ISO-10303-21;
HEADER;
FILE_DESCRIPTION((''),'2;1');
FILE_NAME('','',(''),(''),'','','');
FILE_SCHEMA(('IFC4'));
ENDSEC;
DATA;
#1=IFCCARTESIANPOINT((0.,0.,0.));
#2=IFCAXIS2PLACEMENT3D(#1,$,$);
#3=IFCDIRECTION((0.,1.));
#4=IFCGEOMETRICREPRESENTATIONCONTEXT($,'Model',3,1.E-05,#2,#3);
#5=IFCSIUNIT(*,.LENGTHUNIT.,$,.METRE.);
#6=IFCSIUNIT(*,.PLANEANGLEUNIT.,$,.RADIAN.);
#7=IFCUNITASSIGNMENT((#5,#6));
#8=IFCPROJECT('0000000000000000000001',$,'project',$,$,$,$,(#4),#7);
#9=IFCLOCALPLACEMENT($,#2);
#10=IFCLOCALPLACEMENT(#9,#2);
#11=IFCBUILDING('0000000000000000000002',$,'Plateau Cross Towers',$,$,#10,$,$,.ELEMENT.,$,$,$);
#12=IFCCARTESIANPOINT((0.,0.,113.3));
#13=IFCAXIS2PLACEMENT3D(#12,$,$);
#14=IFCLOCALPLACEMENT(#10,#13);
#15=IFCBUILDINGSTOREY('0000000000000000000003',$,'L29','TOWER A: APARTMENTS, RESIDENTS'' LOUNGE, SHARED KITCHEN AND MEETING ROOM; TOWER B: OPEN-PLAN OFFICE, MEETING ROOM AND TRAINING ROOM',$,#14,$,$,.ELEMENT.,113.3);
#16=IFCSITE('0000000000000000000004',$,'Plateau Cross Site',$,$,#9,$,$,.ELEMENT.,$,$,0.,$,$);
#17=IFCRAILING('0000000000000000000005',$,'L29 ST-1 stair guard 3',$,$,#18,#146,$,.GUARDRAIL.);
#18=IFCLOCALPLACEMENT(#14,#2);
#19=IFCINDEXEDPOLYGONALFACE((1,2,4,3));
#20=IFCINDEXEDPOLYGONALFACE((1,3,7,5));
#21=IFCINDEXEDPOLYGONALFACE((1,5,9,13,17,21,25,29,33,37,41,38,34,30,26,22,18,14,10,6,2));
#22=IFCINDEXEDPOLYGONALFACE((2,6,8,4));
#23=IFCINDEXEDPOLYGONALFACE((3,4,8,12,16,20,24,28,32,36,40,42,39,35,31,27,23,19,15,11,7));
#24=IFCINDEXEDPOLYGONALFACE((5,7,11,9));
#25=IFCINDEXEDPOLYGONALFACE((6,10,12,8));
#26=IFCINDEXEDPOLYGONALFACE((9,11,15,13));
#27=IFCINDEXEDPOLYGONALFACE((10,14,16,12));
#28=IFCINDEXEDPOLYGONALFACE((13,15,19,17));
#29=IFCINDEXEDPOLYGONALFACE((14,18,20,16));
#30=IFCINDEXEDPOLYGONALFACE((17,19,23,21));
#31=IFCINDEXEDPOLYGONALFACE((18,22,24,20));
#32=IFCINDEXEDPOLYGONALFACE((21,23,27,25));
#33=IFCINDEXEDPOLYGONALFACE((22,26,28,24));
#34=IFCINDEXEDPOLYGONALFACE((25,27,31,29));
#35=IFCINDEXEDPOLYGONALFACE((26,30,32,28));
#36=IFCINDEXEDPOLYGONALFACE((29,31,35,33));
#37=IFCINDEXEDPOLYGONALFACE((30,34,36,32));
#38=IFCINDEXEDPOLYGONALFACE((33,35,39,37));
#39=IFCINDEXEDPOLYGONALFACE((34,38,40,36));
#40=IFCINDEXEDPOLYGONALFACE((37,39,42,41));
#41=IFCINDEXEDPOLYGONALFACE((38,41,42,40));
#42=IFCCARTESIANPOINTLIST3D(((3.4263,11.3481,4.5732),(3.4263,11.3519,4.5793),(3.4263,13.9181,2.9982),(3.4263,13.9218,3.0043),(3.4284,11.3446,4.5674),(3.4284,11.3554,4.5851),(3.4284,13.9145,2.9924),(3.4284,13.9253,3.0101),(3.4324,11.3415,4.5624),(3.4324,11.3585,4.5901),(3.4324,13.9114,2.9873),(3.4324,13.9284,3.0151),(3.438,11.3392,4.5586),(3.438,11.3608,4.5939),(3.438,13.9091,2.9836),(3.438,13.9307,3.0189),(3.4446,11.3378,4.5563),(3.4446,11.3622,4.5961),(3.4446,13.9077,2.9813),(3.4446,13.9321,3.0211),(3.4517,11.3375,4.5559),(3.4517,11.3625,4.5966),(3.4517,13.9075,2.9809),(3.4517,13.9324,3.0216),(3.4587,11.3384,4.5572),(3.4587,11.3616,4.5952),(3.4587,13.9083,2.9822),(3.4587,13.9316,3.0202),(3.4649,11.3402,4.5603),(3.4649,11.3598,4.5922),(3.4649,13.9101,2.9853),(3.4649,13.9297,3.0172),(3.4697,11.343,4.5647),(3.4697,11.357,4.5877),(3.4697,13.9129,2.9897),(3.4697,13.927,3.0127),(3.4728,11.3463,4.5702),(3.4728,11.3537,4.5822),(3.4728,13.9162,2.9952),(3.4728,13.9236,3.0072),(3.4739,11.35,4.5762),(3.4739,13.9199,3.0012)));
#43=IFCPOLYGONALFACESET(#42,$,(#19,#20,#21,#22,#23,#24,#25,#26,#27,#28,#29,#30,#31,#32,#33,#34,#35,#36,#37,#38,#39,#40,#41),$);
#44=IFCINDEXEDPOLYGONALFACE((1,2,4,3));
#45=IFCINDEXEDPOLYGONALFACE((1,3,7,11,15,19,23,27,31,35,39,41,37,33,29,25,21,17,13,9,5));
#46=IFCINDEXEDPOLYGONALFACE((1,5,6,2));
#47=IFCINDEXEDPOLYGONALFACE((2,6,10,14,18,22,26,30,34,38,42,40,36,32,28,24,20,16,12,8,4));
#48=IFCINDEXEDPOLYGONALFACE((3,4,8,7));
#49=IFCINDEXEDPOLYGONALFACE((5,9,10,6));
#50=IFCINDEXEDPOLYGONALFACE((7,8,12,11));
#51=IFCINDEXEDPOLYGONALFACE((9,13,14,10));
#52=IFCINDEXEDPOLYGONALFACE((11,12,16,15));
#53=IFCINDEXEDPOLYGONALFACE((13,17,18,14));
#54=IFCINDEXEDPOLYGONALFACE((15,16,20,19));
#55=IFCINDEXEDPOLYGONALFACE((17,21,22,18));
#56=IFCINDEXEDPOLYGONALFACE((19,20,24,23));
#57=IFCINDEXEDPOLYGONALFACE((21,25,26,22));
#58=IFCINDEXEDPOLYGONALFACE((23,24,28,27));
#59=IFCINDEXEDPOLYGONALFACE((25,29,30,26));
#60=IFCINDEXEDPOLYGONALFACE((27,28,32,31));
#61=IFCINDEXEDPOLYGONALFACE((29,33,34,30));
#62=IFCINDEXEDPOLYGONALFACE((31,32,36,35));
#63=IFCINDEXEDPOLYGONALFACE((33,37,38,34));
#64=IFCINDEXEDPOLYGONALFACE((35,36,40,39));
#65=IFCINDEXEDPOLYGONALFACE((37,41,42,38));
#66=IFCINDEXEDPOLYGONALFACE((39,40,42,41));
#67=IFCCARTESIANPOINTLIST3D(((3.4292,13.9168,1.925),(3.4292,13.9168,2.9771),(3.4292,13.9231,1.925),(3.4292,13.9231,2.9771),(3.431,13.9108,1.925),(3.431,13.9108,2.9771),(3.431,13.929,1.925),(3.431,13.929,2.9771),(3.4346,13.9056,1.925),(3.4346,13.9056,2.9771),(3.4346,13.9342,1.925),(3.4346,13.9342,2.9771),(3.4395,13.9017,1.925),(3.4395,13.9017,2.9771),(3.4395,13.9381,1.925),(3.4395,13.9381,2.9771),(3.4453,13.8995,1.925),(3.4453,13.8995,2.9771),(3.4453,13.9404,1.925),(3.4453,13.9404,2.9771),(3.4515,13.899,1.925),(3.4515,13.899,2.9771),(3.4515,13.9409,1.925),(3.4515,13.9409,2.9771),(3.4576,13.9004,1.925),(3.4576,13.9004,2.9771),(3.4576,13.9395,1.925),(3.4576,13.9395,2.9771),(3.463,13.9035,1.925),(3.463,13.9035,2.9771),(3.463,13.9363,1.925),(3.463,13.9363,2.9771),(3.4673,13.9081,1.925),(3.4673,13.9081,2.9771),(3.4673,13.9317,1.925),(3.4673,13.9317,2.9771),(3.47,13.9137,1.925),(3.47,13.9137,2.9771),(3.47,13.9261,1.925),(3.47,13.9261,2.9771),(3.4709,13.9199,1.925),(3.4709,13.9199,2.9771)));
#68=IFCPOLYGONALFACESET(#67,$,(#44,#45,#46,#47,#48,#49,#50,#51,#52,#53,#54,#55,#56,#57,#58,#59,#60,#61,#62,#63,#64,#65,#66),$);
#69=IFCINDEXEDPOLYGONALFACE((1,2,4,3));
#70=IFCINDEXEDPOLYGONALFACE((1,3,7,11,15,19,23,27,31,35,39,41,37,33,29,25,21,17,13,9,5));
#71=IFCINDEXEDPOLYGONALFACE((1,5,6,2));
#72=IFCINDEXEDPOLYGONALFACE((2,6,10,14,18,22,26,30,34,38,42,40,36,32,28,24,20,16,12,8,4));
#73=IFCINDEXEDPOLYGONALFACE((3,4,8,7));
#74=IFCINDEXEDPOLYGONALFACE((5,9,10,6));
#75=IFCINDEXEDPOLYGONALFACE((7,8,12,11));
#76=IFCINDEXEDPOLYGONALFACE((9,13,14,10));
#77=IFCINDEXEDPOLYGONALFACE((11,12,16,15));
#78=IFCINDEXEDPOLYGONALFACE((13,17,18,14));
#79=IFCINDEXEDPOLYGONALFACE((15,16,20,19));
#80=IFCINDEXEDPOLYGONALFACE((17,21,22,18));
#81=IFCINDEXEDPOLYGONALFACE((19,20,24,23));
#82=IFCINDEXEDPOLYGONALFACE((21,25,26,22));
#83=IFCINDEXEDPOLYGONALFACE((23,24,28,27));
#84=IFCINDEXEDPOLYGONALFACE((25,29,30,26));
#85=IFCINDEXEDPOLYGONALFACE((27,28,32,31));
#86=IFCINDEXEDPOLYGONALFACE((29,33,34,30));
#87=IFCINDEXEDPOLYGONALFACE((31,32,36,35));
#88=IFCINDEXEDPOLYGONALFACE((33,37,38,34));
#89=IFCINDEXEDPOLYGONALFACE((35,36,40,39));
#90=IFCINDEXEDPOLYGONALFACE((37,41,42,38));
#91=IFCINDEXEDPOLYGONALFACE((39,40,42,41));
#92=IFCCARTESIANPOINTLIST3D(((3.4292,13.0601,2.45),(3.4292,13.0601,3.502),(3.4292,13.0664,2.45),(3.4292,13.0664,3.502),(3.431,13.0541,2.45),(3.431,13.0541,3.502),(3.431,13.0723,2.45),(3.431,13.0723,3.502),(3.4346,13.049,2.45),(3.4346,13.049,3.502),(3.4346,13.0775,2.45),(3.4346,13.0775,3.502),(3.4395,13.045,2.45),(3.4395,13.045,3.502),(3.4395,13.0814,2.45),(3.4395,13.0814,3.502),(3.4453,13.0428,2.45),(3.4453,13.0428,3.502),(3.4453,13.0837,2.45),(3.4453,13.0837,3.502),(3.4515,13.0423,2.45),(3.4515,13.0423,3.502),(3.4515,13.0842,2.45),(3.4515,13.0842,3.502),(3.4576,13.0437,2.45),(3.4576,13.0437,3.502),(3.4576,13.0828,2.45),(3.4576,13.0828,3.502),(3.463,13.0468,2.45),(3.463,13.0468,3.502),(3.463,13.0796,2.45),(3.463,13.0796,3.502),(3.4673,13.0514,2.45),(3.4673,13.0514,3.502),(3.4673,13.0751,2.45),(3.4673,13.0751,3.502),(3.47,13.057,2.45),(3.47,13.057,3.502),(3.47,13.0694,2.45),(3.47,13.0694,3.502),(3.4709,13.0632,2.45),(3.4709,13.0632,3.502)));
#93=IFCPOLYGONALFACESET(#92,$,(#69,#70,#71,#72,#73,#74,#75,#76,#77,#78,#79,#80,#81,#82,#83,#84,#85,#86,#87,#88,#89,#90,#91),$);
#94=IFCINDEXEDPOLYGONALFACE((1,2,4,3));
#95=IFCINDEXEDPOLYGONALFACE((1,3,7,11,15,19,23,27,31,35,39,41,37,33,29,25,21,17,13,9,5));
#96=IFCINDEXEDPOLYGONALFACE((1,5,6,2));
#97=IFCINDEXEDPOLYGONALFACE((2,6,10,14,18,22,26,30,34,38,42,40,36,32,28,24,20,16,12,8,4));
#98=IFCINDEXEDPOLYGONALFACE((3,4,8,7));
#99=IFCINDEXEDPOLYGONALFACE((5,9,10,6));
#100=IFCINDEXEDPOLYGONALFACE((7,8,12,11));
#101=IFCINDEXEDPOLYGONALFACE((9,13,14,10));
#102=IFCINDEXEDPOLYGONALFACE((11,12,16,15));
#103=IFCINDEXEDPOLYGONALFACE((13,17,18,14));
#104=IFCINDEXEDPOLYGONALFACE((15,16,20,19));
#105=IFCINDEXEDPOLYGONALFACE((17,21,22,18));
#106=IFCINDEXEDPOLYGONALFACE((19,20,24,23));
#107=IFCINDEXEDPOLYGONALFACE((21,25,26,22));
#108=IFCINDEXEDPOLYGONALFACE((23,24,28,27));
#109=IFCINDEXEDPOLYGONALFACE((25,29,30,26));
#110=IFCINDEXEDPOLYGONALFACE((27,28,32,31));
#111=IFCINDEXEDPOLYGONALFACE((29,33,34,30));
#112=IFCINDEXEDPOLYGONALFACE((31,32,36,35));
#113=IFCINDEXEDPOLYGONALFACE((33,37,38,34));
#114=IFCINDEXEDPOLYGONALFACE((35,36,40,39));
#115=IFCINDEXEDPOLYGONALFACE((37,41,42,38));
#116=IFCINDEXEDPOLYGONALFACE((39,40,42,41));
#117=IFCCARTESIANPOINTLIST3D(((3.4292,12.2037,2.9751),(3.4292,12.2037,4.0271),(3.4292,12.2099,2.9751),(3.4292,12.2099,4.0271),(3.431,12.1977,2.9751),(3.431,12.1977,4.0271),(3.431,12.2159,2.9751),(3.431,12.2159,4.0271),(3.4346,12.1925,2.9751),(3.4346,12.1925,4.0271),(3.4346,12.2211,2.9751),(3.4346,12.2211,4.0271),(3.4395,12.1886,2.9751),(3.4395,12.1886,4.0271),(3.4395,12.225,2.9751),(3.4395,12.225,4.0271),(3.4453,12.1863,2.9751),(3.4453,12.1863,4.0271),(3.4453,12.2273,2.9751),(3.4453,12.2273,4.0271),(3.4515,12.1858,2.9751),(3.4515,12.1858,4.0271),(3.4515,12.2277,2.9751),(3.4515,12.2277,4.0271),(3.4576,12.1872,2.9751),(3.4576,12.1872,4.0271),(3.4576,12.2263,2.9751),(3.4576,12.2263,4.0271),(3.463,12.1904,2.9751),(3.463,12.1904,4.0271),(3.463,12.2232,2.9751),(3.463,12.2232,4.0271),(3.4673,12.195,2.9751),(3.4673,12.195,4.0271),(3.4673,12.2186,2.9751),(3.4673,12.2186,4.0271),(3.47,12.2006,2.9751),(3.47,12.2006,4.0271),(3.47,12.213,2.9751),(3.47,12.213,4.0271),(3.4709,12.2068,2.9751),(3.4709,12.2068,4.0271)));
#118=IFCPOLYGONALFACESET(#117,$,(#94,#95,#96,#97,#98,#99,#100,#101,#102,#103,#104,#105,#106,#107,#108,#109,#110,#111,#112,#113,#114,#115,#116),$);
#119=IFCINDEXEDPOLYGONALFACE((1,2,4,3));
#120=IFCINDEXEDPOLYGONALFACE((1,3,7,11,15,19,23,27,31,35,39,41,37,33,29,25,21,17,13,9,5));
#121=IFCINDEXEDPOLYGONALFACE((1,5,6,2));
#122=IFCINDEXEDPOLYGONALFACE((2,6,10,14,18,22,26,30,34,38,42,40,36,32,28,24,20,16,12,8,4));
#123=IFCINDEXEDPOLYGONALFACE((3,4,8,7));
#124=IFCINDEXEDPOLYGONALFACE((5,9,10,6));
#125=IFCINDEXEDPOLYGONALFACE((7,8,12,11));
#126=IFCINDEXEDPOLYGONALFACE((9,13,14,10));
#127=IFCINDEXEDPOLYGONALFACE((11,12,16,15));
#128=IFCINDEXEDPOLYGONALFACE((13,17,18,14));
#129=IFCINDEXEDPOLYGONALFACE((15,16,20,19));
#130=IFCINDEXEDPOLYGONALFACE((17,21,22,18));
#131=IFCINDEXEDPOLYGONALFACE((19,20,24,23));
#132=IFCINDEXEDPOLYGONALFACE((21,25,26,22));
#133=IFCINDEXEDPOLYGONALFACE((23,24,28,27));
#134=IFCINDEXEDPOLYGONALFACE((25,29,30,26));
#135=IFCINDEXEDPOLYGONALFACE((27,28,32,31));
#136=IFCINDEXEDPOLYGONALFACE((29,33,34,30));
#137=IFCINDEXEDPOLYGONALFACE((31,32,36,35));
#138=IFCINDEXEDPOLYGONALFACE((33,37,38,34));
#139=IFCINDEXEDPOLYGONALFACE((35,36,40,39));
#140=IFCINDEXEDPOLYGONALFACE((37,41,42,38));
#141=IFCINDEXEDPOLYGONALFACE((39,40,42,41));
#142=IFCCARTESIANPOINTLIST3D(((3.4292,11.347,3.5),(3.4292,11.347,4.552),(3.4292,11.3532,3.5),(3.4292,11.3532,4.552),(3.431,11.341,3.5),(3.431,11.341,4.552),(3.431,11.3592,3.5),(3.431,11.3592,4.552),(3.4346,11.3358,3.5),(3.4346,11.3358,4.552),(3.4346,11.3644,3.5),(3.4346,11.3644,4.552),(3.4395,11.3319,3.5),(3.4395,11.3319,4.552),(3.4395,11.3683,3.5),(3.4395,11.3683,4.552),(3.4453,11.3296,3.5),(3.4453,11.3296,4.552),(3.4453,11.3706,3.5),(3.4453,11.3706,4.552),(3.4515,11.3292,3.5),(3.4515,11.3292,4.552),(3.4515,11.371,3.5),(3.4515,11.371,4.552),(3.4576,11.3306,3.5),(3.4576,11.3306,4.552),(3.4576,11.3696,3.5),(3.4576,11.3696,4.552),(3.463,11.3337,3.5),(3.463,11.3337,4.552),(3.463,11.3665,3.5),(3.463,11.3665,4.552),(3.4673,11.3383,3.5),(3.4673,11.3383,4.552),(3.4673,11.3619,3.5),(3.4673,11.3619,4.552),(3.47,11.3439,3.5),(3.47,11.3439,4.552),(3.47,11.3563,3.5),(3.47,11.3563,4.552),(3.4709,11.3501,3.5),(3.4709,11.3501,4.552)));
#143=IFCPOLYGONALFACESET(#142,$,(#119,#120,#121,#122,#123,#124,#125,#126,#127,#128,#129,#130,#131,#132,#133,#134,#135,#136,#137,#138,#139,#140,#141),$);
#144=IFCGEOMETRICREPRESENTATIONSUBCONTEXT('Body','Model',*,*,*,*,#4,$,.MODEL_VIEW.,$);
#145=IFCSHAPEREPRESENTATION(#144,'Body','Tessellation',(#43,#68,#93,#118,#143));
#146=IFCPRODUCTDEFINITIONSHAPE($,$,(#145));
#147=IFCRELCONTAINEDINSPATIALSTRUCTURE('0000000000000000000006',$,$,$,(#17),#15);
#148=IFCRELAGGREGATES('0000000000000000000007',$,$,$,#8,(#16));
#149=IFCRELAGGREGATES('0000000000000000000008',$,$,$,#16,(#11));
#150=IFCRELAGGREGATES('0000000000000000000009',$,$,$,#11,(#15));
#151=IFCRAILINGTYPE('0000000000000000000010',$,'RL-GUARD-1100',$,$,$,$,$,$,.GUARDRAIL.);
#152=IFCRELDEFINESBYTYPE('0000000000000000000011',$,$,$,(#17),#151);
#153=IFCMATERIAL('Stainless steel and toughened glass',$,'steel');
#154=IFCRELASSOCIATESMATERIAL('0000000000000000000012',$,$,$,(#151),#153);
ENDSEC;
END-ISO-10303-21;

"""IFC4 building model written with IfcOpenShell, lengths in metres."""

from ifc_helpers import new_model, si_unit, direction, frame, origin, origin_2d, place, context, subcontext, project, spatial, circle, extrude, material, type_object, element, save


model = new_model("IFC4")

# Units and contexts
model_context = context("Model", 3, precision=1e-05, world=origin(), true_north=direction((0.0, 1.0)))
body_context = subcontext(model_context, "Body", "Model", "MODEL_VIEW")
ifc_project = project(units=[si_unit("LENGTHUNIT", "METRE"), si_unit("PLANEANGLEUNIT", "RADIAN")], contexts=[model_context])

# Site, building, storey
site_placement = place(None, origin())
site = spatial("IfcSite", under=ifc_project, at=site_placement, Name="Plateau Cross Site", CompositionType="ELEMENT", RefElevation=0.0)
building_placement = place(site_placement, origin())
building = spatial("IfcBuilding", under=site, at=building_placement, Name="Plateau Cross Towers", CompositionType="ELEMENT")
storey_placement = place(building_placement, frame((0.0, 0.0, 113.3)))
storey = spatial("IfcBuildingStorey", under=building, at=storey_placement, Name="L29", Description="TOWER A: APARTMENTS, RESIDENTS' LOUNGE, SHARED KITCHEN AND MEETING ROOM; TOWER B: OPEN-PLAN OFFICE, MEETING ROOM AND TRAINING ROOM", CompositionType="ELEMENT", Elevation=113.3)

# Railing
ifc_material_1 = material(Name="Stainless steel and toughened glass", Category="steel")
railing_type_1 = type_object("IfcRailingType", Name="RL-GUARD-1100", PredefinedType="GUARDRAIL", material=ifc_material_1)
railing_1_placement = place(storey_placement, frame((3.45, 13.9199, 1.925)))
element("IfcRailing", 1, at=railing_1_placement, inside=storey, type_object=railing_type_1, Name="L29 ST-1 stair guard 3", PredefinedType="GUARDRAIL", context=body_context, shape_type="SweptSolid", body=[
    extrude(circle(Radius=0.0239, at=origin_2d()), frame((0.0, 0.0, 1.0762), z_axis=(0.0, -0.852616, 0.522537), x_axis=(1.0, 0.0, 0.0)), (0.0, 0.0, 1.0), 3.0142),
    extrude(circle(Radius=0.021, at=origin_2d()), origin(), (0.0, 0.0, 1.0), 1.052),
    extrude(circle(Radius=0.021, at=origin_2d()), frame((0.0, -0.8567, 0.5249)), (0.0, 0.0, 1.0), 1.052),
    extrude(circle(Radius=0.021, at=origin_2d()), frame((0.0, -1.7131, 1.05)), (0.0, 0.0, 1.0), 1.052),
    extrude(circle(Radius=0.021, at=origin_2d()), frame((0.0, -2.5698, 1.575)), (0.0, 0.0, 1.0), 1.052),
])

save(model, "model.ifc")
